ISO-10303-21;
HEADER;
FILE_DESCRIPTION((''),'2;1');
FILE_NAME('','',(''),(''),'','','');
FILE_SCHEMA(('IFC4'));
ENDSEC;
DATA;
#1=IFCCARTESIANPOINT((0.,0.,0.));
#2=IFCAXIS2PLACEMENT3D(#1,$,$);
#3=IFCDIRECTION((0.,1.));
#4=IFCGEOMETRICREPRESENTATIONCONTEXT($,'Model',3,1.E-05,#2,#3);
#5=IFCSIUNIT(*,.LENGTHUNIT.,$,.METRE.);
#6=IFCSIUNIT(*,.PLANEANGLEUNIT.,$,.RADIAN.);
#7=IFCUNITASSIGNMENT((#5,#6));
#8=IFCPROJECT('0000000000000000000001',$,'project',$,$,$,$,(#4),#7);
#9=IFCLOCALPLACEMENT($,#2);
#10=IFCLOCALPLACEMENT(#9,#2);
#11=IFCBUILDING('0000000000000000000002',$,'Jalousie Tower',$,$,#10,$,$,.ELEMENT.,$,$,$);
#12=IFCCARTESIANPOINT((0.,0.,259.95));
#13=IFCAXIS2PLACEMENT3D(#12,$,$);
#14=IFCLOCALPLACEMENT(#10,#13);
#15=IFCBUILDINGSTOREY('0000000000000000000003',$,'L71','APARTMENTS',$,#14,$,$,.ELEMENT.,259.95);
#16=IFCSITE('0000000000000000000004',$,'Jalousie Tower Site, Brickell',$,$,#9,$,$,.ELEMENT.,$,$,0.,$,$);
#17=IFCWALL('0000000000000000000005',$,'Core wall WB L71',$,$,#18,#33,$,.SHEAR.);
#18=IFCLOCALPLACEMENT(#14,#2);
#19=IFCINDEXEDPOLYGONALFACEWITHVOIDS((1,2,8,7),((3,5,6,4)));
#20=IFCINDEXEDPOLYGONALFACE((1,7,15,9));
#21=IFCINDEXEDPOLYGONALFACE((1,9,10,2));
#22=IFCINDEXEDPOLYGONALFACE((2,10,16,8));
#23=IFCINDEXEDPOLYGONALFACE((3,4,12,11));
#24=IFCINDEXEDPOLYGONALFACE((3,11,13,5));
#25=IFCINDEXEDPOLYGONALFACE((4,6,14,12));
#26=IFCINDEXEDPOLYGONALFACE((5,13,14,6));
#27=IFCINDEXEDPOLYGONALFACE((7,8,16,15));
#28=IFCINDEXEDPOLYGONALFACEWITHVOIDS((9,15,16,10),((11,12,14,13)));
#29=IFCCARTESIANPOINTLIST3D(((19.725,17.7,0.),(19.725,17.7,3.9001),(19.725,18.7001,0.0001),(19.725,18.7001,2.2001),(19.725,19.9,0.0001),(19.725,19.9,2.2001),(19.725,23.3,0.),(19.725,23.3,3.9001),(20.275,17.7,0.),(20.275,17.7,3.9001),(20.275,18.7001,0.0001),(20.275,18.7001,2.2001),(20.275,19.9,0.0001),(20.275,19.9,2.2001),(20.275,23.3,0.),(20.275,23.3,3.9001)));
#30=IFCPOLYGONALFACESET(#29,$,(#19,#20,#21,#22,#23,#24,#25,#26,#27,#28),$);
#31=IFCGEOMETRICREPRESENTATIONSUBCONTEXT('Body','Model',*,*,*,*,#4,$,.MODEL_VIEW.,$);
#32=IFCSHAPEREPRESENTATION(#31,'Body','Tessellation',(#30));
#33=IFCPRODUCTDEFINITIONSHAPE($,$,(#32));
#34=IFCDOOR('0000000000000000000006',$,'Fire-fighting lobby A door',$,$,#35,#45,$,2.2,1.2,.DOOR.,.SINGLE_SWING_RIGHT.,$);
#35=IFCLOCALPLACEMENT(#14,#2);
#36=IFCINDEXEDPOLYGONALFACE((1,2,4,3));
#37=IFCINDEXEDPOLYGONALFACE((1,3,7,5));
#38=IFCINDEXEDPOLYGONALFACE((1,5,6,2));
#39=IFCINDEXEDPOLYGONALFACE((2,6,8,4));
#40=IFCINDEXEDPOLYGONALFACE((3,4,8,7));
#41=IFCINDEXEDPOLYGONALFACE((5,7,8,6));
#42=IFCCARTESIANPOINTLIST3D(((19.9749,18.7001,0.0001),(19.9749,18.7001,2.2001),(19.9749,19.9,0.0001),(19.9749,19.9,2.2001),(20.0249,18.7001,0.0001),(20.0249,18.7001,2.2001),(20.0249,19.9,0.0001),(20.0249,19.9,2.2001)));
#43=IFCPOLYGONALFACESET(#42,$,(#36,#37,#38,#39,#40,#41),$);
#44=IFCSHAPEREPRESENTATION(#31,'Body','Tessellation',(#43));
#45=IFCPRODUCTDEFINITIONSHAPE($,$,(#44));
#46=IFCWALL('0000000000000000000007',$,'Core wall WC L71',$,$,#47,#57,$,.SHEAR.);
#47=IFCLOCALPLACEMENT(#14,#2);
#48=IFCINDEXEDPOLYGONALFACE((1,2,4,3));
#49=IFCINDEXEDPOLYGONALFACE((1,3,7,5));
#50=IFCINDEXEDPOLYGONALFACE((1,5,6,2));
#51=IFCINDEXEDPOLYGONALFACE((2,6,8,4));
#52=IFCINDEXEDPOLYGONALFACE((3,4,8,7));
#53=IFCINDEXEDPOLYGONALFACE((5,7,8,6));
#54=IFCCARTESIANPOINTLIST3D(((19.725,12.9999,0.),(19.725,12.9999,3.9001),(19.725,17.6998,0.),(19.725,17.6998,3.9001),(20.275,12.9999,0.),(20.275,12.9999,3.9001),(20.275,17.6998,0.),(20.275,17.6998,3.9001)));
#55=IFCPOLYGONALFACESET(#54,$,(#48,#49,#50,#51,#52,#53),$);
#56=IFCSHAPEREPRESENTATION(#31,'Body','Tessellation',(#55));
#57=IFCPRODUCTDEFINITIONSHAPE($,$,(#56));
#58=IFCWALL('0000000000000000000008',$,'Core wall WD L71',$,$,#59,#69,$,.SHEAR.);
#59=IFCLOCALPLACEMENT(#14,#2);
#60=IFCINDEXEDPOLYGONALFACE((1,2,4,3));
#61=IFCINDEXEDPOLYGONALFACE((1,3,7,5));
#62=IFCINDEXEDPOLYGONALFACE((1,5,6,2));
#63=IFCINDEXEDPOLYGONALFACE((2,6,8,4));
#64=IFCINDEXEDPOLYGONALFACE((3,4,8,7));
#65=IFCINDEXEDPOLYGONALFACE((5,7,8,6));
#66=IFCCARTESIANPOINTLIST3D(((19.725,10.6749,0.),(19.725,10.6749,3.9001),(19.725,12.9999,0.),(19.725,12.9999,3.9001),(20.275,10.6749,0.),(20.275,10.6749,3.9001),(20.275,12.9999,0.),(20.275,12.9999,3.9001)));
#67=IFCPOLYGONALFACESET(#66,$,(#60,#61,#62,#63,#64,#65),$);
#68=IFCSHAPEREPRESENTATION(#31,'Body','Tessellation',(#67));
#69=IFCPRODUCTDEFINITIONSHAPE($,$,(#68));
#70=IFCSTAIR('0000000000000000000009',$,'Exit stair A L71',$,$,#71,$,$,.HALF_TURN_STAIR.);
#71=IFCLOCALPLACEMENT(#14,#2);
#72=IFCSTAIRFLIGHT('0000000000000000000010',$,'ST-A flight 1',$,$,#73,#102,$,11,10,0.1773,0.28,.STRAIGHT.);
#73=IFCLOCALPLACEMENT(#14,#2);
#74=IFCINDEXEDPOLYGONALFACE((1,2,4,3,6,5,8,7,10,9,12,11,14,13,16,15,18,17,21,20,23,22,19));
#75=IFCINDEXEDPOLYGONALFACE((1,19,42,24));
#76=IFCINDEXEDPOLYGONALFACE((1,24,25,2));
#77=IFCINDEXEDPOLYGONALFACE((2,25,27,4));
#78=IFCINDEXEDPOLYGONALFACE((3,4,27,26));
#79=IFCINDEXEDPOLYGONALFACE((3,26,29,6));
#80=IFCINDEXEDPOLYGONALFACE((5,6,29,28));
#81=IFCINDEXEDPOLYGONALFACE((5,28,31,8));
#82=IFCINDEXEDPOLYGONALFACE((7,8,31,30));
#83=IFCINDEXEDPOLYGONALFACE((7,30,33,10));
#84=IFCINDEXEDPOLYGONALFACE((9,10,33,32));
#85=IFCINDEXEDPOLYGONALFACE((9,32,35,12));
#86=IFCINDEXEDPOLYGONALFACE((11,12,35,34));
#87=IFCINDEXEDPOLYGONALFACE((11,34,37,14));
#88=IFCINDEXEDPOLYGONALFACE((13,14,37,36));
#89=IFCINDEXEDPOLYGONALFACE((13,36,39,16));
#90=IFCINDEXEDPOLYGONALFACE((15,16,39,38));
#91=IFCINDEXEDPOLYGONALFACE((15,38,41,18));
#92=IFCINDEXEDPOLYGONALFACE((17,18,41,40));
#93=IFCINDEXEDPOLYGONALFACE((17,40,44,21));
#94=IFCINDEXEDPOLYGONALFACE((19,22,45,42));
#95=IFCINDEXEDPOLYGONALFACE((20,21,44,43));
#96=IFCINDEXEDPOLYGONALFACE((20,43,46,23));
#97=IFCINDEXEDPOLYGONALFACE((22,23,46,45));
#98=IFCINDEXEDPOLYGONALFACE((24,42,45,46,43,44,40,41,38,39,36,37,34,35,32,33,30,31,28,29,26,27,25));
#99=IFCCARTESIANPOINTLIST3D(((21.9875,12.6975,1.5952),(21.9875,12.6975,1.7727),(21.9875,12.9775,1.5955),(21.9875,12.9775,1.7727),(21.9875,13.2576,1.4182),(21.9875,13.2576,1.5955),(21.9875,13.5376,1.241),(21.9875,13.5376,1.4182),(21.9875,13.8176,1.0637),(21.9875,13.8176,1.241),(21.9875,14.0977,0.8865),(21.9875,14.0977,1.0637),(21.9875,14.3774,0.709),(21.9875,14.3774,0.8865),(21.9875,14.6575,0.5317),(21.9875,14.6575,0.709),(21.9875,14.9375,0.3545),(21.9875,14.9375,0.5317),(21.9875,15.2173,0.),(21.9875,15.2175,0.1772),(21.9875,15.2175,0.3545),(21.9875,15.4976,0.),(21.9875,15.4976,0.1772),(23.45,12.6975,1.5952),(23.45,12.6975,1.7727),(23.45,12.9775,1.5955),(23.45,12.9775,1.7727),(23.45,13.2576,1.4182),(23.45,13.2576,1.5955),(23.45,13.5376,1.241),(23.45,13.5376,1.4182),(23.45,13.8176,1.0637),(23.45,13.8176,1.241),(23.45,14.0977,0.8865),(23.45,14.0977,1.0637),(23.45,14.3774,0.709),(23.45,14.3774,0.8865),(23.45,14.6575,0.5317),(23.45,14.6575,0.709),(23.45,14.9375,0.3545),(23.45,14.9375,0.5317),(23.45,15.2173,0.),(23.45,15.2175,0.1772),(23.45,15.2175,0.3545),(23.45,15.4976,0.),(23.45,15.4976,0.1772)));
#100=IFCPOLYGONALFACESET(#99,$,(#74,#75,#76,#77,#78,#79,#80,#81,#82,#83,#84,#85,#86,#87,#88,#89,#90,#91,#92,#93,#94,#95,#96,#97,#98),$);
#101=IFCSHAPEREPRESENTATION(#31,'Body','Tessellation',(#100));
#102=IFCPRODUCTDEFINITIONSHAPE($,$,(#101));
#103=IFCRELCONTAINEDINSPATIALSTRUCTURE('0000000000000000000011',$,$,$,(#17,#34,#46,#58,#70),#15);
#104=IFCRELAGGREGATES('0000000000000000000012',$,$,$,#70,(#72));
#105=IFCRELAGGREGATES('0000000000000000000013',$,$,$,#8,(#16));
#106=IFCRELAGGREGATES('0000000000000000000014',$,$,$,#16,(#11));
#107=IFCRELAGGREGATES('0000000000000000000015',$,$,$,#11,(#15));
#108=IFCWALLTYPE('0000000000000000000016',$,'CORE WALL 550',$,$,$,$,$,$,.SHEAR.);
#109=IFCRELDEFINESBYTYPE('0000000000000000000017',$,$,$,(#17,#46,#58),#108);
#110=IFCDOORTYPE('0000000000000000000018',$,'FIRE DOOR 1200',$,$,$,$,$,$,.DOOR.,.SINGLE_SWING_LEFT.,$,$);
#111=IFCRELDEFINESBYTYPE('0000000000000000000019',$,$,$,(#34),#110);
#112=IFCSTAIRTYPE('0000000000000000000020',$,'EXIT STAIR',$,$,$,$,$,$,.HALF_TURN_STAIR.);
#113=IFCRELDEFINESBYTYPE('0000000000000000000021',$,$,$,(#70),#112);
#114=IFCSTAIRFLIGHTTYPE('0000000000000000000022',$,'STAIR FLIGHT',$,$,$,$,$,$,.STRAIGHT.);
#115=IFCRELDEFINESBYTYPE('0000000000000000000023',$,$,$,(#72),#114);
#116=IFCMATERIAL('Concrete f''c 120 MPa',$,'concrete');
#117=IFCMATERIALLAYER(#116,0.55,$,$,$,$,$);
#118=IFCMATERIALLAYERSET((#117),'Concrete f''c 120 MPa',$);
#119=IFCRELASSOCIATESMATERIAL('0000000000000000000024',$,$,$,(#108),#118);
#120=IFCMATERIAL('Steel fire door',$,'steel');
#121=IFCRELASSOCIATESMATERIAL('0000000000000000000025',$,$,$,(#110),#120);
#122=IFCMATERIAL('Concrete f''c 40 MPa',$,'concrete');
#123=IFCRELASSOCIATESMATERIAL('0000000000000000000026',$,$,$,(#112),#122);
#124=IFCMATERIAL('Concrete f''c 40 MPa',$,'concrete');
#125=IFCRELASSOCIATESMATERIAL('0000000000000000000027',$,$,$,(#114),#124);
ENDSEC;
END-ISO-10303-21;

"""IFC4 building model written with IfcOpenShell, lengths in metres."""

from ifc_helpers import new_model, si_unit, direction, frame, frame_2d, origin, place, context, subcontext, project, spatial, polyline, rectangle, outline, extrude, material, layer, layer_set, type_object, element, fill, aggregate, save


model = new_model("IFC4")

# Units and contexts
model_context = context("Model", 3, precision=1e-05, world=origin(), true_north=direction((0.0, 1.0)))
body_context = subcontext(model_context, "Body", "Model", "MODEL_VIEW")
ifc_project = project(units=[si_unit("LENGTHUNIT", "METRE"), si_unit("PLANEANGLEUNIT", "RADIAN")], contexts=[model_context])

# Site, building, storey
site_placement = place(None, origin())
site = spatial("IfcSite", under=ifc_project, at=site_placement, Name="Jalousie Tower Site, Brickell", CompositionType="ELEMENT", RefElevation=0.0)
building_placement = place(site_placement, origin())
building = spatial("IfcBuilding", under=site, at=building_placement, Name="Jalousie Tower", CompositionType="ELEMENT")
storey_placement = place(building_placement, frame((0.0, 0.0, 259.95)))
storey = spatial("IfcBuildingStorey", under=building, at=storey_placement, Name="L71", Description="APARTMENTS", CompositionType="ELEMENT", Elevation=259.95)

# Shared definitions
ifc_material_1 = material(Name="Concrete f'c 120 MPa", Category="concrete")
ifc_layer_1 = layer(ifc_material_1, 0.55)
ifc_layer_set_1 = layer_set([ifc_layer_1], Name="Concrete f'c 120 MPa")
wall_type_1 = type_object("IfcWallType", Name="CORE WALL 550", PredefinedType="SHEAR", material=ifc_layer_set_1)

# Wall, opening, door
wall_1_placement = place(storey_placement, frame((20.0, 23.3, 0.0), z_axis=(0.0, 0.0, 1.0), x_axis=(0.0, -1.0, 0.0)))
wall_1 = element("IfcWall", 1, at=wall_1_placement, inside=storey, type_object=wall_type_1, Name="Core wall WB L71", PredefinedType="SHEAR", context=body_context, shape_type="SweptSolid", body=[
    extrude(rectangle(XDim=5.6001, YDim=0.55, at=frame_2d((2.8, 0.0))), origin(), (0.0, 0.0, 1.0), 3.9001),
])
opening_1_placement = place(wall_1_placement, frame((3.3999, 0.0, 0.0)))
opening_1 = element("IfcOpeningElement", 2, at=opening_1_placement, cuts=wall_1, PredefinedType="OPENING", context=body_context, shape_type="SweptSolid", body=[
    extrude(rectangle(XDim=1.2, YDim=2.2, at=frame_2d((0.6001, 1.1001))), frame((0.0, 0.2849, 0.0), z_axis=(0.0, -1.0, 0.0), x_axis=(1.0, 0.0, 0.0)), (0.0, 0.0, 1.0), 0.5701),
])
ifc_material_2 = material(Name="Steel fire door", Category="steel")
door_type_1 = type_object("IfcDoorType", Name="FIRE DOOR 1200", OperationType="SINGLE_SWING_LEFT", PredefinedType="DOOR", material=ifc_material_2)
door_1_placement = place(opening_1_placement, origin())
door_1 = element("IfcDoor", 3, at=door_1_placement, inside=storey, type_object=door_type_1, Name="Fire-fighting lobby A door", OperationType="SINGLE_SWING_RIGHT", OverallHeight=2.2, OverallWidth=1.2, PredefinedType="DOOR", context=body_context, shape_type="SweptSolid", body=[
    extrude(rectangle(XDim=1.2, YDim=2.2, at=frame_2d((0.6001, 1.1001))), frame((0.0, 0.0249, 0.0), z_axis=(0.0, -1.0, 0.0), x_axis=(1.0, 0.0, 0.0)), (0.0, 0.0, 1.0), 0.05),
])
fill(opening_1, door_1)

# Walls
wall_2_placement = place(storey_placement, frame((20.0, 17.7, 0.0), z_axis=(0.0, 0.0, 1.0), x_axis=(0.0, -1.0, 0.0)))
element("IfcWall", 4, at=wall_2_placement, inside=storey, type_object=wall_type_1, Name="Core wall WC L71", PredefinedType="SHEAR", context=body_context, shape_type="SweptSolid", body=[
    extrude(rectangle(XDim=4.7, YDim=0.55, at=frame_2d((2.3501, 0.0))), origin(), (0.0, 0.0, 1.0), 3.9001),
])
wall_3_placement = place(storey_placement, frame((20.0, 13.0, 0.0), z_axis=(0.0, 0.0, 1.0), x_axis=(0.0, -1.0, 0.0)))
element("IfcWall", 5, at=wall_3_placement, inside=storey, type_object=wall_type_1, Name="Core wall WD L71", PredefinedType="SHEAR", context=body_context, shape_type="SweptSolid", body=[
    extrude(rectangle(XDim=2.325, YDim=0.55, at=frame_2d((1.1626, 0.0))), origin(), (0.0, 0.0, 1.0), 3.9001),
])

# Stair, stair flight
ifc_material_3 = material(Name="Concrete f'c 40 MPa", Category="concrete")
stair_type = type_object("IfcStairType", Name="EXIT STAIR", PredefinedType="HALF_TURN_STAIR", material=ifc_material_3)
stair_placement = place(storey_placement, origin())
stair = element("IfcStair", 6, at=stair_placement, inside=storey, type_object=stair_type, Name="Exit stair A L71", PredefinedType="HALF_TURN_STAIR")
ifc_material_4 = material(Name="Concrete f'c 40 MPa", Category="concrete")
stair_flight_type = type_object("IfcStairFlightType", Name="STAIR FLIGHT", PredefinedType="STRAIGHT", material=ifc_material_4)
stair_flight_placement = place(storey_placement, frame((22.7188, 15.4976, 0.0), z_axis=(0.0, 0.0, 1.0), x_axis=(0.0, -1.0, 0.0)))
stair_flight = element("IfcStairFlight", 7, at=stair_flight_placement, type_object=stair_flight_type, Name="ST-A flight 1", NumberOfRisers=11, NumberOfTreads=10, PredefinedType="STRAIGHT", RiserHeight=0.1773, TreadLength=0.28, context=body_context, shape_type="SweptSolid", body=[
    extrude(outline(polyline([(0.0, 0.0), (0.0, 0.1772), (0.28, 0.1772), (0.28, 0.3545), (0.5601, 0.3545), (0.5601, 0.5317), (0.8401, 0.5317), (0.8401, 0.709), (1.1201, 0.709), (1.1201, 0.8865), (1.3999, 0.8865), (1.3999, 1.0637), (1.6799, 1.0637), (1.6799, 1.241), (1.96, 1.241), (1.96, 1.4182), (2.24, 1.4182), (2.24, 1.5955), (2.52, 1.5955), (2.52, 1.7727), (2.8, 1.7727), (2.8, 1.95), (2.8, 1.5952), (0.2803, 0.0), (0.0, 0.0)])), frame((0.0, 0.7312, 0.0), z_axis=(0.0, -1.0, 0.0), x_axis=(1.0, 0.0, 0.0)), (0.0, 0.0, 1.0), 1.4624),
])
aggregate(stair, [stair_flight])

save(model, "model.ifc")
